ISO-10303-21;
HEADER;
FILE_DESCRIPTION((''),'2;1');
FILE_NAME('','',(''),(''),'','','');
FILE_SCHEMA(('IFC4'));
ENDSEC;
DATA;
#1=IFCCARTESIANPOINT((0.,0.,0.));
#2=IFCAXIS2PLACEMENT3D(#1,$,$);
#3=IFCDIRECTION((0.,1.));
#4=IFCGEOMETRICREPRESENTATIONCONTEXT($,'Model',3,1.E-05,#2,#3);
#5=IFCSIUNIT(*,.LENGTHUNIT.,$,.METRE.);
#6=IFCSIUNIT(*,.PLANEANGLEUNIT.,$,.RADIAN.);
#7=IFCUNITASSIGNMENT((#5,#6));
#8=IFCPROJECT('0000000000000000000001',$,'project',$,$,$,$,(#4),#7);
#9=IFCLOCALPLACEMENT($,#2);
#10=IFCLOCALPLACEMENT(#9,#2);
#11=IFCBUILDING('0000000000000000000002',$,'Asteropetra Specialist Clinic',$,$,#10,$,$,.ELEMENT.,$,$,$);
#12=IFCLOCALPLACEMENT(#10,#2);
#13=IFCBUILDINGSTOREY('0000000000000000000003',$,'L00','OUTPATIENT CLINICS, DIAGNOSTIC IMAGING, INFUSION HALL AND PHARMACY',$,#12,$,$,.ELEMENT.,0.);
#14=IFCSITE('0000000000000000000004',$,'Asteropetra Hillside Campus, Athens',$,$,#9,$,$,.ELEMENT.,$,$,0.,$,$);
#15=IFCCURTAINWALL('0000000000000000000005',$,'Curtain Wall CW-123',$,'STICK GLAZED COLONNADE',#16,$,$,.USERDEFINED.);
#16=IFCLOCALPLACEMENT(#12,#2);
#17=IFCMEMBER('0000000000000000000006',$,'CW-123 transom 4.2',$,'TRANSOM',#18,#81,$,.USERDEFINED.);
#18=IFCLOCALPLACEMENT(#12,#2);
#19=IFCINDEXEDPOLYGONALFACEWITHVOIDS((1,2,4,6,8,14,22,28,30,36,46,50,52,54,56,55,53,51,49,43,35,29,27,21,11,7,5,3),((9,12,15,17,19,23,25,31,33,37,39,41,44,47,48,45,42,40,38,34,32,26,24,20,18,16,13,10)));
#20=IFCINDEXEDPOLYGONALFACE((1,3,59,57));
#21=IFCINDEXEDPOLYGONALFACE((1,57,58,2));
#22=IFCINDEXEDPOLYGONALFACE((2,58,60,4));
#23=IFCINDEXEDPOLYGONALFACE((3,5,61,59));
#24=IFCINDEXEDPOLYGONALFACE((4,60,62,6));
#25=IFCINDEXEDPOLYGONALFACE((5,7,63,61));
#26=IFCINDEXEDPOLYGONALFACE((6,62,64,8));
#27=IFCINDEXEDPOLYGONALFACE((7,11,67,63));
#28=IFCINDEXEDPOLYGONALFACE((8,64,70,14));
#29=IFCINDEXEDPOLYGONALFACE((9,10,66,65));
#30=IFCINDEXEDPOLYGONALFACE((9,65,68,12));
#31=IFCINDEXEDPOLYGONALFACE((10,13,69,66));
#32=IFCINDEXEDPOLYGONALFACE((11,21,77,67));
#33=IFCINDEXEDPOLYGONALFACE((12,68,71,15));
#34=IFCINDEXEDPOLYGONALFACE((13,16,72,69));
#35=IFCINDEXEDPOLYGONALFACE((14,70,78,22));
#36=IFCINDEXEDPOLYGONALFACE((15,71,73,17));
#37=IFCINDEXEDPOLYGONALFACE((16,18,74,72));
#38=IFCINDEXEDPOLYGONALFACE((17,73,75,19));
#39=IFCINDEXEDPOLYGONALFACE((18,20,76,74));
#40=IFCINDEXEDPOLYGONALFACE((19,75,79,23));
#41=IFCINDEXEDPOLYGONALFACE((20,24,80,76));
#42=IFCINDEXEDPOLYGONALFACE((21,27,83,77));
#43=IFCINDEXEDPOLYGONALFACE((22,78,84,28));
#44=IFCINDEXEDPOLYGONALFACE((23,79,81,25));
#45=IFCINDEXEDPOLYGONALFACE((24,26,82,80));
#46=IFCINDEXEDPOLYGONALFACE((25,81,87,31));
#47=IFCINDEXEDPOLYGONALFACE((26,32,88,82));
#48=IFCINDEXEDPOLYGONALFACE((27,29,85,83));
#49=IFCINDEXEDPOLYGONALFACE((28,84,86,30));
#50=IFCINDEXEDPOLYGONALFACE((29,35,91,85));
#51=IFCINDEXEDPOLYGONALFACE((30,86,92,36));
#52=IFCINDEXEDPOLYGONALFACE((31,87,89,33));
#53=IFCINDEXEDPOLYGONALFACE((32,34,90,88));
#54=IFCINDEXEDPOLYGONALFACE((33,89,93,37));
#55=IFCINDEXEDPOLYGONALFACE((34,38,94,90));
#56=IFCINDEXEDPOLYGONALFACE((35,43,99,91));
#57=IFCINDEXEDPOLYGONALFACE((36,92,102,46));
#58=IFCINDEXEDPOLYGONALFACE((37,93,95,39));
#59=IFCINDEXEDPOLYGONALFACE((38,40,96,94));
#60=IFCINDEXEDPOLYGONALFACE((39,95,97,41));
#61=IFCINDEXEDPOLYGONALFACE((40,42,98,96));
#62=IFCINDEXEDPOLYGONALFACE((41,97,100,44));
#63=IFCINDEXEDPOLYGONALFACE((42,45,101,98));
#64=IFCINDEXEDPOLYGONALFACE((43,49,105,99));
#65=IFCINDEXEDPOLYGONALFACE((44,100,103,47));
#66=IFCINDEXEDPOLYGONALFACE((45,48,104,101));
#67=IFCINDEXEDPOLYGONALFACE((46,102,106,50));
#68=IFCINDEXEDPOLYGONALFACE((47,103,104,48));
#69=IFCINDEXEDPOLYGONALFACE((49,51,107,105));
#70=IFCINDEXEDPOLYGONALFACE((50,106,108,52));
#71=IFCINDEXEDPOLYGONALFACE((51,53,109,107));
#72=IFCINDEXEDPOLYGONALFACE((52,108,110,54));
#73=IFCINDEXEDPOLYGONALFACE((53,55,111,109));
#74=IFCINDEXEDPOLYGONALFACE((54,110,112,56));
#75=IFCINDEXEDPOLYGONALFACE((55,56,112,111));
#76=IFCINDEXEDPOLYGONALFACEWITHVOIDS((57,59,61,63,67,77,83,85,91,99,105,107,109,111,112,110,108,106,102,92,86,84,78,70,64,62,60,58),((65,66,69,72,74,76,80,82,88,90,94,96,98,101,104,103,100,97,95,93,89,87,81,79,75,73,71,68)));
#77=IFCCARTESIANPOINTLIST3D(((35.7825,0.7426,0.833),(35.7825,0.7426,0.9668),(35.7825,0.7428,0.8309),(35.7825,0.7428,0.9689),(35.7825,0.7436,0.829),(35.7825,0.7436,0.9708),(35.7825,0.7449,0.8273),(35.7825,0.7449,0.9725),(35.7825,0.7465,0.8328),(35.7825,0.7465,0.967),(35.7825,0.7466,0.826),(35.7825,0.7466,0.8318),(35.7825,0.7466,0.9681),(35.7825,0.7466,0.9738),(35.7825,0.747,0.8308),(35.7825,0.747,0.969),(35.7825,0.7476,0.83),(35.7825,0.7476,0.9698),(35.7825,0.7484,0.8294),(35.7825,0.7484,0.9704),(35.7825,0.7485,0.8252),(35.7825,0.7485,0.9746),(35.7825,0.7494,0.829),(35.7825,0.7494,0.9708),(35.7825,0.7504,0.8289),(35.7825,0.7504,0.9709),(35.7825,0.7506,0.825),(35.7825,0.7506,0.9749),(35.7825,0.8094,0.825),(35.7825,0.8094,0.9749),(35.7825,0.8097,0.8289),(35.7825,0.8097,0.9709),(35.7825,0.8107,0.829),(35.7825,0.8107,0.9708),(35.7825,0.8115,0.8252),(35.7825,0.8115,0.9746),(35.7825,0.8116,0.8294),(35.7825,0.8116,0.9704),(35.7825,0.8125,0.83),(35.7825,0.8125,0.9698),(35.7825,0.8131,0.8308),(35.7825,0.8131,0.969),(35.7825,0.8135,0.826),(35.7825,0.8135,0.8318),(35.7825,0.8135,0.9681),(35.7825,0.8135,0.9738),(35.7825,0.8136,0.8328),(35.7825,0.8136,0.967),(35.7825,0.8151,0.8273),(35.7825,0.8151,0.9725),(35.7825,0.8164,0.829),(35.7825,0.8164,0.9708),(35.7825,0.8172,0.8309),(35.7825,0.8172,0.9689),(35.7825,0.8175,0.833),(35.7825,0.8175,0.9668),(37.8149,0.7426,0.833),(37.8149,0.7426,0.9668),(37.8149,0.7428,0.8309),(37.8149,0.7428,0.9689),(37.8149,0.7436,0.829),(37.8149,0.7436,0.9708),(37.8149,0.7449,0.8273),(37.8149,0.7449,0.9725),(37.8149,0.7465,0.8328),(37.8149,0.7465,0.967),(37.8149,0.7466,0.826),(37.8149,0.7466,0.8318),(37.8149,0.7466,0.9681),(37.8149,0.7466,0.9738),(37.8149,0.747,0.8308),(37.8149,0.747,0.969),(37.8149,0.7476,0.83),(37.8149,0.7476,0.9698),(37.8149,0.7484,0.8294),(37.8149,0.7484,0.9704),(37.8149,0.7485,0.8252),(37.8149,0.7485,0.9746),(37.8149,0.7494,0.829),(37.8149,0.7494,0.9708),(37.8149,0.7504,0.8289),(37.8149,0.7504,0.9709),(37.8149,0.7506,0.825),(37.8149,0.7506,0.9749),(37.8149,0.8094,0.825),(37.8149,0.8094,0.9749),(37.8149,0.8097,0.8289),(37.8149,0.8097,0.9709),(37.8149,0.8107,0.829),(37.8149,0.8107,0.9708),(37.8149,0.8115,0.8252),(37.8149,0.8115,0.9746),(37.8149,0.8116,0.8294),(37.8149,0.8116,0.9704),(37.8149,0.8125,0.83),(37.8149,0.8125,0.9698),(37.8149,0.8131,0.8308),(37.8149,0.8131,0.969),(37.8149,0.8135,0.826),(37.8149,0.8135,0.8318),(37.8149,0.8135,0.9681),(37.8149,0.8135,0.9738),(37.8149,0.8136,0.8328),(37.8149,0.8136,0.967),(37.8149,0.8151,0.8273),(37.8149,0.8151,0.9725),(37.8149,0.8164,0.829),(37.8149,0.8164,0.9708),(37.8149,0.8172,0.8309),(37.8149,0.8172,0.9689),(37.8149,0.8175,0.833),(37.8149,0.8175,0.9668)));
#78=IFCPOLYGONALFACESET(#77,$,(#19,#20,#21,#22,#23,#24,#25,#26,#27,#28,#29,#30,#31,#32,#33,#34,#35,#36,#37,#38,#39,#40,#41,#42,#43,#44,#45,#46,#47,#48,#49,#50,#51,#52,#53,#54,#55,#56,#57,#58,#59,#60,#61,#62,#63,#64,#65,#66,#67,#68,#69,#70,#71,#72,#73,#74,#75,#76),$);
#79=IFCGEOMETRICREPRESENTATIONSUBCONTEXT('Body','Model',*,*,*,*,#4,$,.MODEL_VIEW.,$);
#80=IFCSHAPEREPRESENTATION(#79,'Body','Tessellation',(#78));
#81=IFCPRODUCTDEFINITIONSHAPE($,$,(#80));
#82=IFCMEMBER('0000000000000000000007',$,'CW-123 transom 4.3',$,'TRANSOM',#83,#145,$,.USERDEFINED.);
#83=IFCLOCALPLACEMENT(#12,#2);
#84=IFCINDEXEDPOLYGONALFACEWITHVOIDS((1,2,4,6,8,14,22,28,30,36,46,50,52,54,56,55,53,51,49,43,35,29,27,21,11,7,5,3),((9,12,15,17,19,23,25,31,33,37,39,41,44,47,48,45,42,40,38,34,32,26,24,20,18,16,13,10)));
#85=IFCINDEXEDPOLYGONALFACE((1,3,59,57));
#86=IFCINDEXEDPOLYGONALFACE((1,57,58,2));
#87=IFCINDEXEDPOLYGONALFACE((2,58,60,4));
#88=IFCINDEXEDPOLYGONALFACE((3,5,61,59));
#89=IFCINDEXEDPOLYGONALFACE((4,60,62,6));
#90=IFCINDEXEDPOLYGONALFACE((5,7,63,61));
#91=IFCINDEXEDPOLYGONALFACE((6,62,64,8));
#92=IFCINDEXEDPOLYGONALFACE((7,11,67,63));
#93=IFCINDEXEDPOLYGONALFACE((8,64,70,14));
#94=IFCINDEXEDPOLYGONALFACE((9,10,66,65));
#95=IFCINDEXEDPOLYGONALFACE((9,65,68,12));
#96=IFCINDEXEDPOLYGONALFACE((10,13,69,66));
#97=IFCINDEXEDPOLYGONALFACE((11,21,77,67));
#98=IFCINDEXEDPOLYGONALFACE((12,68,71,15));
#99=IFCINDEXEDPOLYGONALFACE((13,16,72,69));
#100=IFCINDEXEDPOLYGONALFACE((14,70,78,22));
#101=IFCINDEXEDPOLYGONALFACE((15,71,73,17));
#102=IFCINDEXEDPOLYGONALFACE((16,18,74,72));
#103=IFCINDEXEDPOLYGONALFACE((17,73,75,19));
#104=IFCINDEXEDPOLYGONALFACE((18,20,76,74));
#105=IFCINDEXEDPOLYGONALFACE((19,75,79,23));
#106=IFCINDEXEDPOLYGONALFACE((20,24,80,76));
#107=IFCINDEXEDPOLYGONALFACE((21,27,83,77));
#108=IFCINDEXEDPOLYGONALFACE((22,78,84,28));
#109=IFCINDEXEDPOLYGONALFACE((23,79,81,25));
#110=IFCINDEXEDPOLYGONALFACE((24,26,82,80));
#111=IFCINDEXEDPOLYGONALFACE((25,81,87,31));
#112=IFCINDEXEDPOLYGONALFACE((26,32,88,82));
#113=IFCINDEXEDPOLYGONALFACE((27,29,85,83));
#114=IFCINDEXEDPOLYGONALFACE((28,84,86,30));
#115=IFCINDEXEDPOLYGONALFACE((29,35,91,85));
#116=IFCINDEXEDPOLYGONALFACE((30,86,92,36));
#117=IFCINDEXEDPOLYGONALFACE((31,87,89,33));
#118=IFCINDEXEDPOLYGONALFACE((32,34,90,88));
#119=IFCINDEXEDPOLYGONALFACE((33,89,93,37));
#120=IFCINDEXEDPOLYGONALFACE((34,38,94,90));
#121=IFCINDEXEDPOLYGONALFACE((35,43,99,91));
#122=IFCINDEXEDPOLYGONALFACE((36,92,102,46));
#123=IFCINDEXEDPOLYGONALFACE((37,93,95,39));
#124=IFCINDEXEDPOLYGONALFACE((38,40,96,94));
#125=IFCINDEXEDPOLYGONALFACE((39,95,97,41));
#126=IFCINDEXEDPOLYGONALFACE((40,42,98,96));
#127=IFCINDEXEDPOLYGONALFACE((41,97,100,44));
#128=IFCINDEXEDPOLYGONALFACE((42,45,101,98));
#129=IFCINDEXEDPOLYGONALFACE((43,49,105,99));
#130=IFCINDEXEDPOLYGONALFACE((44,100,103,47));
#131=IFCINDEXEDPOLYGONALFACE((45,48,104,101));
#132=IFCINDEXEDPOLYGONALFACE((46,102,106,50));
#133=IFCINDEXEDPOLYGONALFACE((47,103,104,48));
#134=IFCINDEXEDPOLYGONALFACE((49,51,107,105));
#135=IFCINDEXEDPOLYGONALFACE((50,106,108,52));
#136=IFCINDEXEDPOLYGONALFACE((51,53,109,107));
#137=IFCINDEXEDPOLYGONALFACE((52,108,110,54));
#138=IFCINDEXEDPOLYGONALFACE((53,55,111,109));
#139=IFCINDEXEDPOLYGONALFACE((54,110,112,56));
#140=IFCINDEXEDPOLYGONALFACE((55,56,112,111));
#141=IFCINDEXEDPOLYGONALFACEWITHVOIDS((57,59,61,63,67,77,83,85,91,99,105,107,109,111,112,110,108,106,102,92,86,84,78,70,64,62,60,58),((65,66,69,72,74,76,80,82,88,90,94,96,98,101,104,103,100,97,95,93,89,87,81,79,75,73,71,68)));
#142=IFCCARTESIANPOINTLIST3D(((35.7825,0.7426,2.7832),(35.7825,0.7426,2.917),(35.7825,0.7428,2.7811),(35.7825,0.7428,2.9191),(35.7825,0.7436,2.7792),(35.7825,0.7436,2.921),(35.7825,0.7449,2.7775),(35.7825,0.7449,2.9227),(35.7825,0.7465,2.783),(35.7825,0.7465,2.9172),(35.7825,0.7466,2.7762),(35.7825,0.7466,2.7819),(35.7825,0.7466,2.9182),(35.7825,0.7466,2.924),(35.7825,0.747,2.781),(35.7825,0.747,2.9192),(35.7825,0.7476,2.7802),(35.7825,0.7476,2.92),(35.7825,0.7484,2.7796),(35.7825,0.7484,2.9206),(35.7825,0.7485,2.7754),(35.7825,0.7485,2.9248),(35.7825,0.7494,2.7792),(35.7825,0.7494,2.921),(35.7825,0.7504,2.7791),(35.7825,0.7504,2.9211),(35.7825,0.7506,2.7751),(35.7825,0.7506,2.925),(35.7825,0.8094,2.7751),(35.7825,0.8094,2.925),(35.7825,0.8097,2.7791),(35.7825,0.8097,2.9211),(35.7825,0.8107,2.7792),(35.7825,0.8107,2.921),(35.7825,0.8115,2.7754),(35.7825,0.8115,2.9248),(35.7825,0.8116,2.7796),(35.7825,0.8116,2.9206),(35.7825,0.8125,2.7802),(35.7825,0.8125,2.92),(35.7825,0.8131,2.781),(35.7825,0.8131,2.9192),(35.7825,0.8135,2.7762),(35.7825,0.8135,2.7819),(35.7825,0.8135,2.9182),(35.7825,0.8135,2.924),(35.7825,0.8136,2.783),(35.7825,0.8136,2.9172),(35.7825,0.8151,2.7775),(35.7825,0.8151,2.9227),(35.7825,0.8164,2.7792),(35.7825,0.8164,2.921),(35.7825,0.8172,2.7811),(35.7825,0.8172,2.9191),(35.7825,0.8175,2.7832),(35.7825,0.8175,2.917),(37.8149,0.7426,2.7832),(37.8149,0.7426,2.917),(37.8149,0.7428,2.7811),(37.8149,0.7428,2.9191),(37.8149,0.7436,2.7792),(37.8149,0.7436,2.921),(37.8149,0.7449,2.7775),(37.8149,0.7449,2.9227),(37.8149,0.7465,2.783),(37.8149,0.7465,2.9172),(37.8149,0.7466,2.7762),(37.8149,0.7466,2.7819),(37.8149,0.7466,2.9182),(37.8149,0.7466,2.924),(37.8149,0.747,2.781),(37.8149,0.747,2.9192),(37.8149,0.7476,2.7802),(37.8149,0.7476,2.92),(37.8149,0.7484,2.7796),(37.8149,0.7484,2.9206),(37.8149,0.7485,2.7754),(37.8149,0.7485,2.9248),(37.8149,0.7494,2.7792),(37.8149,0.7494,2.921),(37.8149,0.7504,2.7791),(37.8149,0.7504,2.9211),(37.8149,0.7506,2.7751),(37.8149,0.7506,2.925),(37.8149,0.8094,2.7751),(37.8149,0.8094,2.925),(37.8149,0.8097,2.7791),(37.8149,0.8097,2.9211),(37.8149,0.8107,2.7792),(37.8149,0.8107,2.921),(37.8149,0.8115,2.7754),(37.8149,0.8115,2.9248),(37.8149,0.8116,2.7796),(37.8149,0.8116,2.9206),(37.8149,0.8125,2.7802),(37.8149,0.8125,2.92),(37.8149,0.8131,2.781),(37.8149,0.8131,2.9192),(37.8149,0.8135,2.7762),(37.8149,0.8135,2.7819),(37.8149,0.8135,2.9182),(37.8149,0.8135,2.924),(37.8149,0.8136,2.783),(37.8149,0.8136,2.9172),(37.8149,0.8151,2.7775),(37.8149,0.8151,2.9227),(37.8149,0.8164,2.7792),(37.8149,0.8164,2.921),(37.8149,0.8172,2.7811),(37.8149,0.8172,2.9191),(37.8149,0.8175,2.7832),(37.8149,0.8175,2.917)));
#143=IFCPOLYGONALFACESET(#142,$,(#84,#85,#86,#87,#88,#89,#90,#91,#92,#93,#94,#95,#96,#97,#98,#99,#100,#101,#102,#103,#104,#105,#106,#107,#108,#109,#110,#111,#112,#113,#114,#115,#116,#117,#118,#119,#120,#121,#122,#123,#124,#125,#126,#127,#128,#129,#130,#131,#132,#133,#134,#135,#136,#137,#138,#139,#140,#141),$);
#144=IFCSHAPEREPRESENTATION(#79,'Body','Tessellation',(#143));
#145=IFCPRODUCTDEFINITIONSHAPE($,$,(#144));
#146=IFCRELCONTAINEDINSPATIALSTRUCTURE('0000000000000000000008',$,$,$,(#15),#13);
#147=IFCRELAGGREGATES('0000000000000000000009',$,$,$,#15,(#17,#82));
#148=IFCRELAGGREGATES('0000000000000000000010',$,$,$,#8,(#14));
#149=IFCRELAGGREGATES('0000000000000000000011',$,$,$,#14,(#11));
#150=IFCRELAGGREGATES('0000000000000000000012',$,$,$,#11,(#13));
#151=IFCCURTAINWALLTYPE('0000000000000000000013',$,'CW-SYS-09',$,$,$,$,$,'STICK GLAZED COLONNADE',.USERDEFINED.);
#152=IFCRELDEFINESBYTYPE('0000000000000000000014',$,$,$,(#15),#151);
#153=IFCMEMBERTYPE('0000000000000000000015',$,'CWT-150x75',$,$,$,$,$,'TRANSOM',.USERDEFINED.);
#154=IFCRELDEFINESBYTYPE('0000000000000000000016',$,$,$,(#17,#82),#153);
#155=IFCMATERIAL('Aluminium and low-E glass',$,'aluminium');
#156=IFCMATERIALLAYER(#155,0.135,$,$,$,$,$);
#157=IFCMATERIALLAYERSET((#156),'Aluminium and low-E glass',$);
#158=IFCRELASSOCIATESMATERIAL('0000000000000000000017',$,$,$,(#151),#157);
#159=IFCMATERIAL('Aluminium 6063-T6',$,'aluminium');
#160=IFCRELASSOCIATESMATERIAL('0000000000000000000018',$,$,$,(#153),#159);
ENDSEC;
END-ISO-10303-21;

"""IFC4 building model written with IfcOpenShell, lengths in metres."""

from ifc_helpers import new_model, si_unit, direction, frame, origin, origin_2d, place, context, subcontext, project, spatial, hollow_rectangle, extrude, material, layer, layer_set, material_profile, profile_set, type_object, element, aggregate, save


model = new_model("IFC4")

# Units and contexts
model_context = context("Model", 3, precision=1e-05, world=origin(), true_north=direction((0.0, 1.0)))
body_context = subcontext(model_context, "Body", "Model", "MODEL_VIEW")
ifc_project = project(units=[si_unit("LENGTHUNIT", "METRE"), si_unit("PLANEANGLEUNIT", "RADIAN")], contexts=[model_context])

# Site, building, storey
site_placement = place(None, origin())
site = spatial("IfcSite", under=ifc_project, at=site_placement, Name="Asteropetra Hillside Campus, Athens", CompositionType="ELEMENT", RefElevation=0.0)
building_placement = place(site_placement, origin())
building = spatial("IfcBuilding", under=site, at=building_placement, Name="Asteropetra Specialist Clinic", CompositionType="ELEMENT")
storey_placement = place(building_placement, origin())
storey = spatial("IfcBuildingStorey", under=building, at=storey_placement, Name="L00", Description="OUTPATIENT CLINICS, DIAGNOSTIC IMAGING, INFUSION HALL AND PHARMACY", CompositionType="ELEMENT", Elevation=0.0)

# Curtain wall
ifc_material_1 = material(Name="Aluminium and low-E glass", Category="aluminium")
ifc_layer_1 = layer(ifc_material_1, 0.135)
ifc_layer_set_1 = layer_set([ifc_layer_1], Name="Aluminium and low-E glass")
curtain_wall_type_1 = type_object("IfcCurtainWallType", Name="CW-SYS-09", ElementType="STICK GLAZED COLONNADE", PredefinedType="USERDEFINED", material=ifc_layer_set_1)
curtain_wall_1_placement = place(storey_placement, origin())
curtain_wall_1 = element("IfcCurtainWall", 1, at=curtain_wall_1_placement, inside=storey, type_object=curtain_wall_type_1, Name="Curtain Wall CW-123", ObjectType="STICK GLAZED COLONNADE", PredefinedType="USERDEFINED")

# Members
ifc_material_2 = material(Name="Aluminium 6063-T6", Category="aluminium")
ifc_material_profile_1 = material_profile(ifc_material_2, hollow_rectangle(XDim=0.075, YDim=0.1499, WallThickness=0.0039, InnerFilletRadius=0.0039, OuterFilletRadius=0.0081, at=origin_2d()), Name="TRN 150x75x4.0")
ifc_profile_set_1 = profile_set([ifc_material_profile_1], Name="Aluminium 6063-T6")
member_type_1 = type_object("IfcMemberType", Name="CWT-150x75", ElementType="TRANSOM", PredefinedType="USERDEFINED", material=ifc_profile_set_1)
member_1_placement = place(storey_placement, frame((35.7825, 0.78, 0.8999), z_axis=(1.0, 0.0, 0.0), x_axis=(0.0, 1.0, 0.0)))
member_1 = element("IfcMember", 2, at=member_1_placement, type_object=member_type_1, Name="CW-123 transom 4.2", ObjectType="TRANSOM", PredefinedType="USERDEFINED", context=body_context, shape_type="SweptSolid", body=[
    extrude(hollow_rectangle(XDim=0.075, YDim=0.1499, WallThickness=0.0039, InnerFilletRadius=0.0039, OuterFilletRadius=0.0081, at=origin_2d()), origin(), (0.0, 0.0, 1.0), 2.0325),
])
member_2_placement = place(storey_placement, frame((35.7825, 0.78, 2.8501), z_axis=(1.0, 0.0, 0.0), x_axis=(0.0, 1.0, 0.0)))
member_2 = element("IfcMember", 3, at=member_2_placement, type_object=member_type_1, Name="CW-123 transom 4.3", ObjectType="TRANSOM", PredefinedType="USERDEFINED", context=body_context, shape_type="SweptSolid", body=[
    extrude(hollow_rectangle(XDim=0.075, YDim=0.1499, WallThickness=0.0039, InnerFilletRadius=0.0039, OuterFilletRadius=0.0081, at=origin_2d()), origin(), (0.0, 0.0, 1.0), 2.0325),
])

aggregate(curtain_wall_1, [member_1, member_2])

save(model, "model.ifc")
